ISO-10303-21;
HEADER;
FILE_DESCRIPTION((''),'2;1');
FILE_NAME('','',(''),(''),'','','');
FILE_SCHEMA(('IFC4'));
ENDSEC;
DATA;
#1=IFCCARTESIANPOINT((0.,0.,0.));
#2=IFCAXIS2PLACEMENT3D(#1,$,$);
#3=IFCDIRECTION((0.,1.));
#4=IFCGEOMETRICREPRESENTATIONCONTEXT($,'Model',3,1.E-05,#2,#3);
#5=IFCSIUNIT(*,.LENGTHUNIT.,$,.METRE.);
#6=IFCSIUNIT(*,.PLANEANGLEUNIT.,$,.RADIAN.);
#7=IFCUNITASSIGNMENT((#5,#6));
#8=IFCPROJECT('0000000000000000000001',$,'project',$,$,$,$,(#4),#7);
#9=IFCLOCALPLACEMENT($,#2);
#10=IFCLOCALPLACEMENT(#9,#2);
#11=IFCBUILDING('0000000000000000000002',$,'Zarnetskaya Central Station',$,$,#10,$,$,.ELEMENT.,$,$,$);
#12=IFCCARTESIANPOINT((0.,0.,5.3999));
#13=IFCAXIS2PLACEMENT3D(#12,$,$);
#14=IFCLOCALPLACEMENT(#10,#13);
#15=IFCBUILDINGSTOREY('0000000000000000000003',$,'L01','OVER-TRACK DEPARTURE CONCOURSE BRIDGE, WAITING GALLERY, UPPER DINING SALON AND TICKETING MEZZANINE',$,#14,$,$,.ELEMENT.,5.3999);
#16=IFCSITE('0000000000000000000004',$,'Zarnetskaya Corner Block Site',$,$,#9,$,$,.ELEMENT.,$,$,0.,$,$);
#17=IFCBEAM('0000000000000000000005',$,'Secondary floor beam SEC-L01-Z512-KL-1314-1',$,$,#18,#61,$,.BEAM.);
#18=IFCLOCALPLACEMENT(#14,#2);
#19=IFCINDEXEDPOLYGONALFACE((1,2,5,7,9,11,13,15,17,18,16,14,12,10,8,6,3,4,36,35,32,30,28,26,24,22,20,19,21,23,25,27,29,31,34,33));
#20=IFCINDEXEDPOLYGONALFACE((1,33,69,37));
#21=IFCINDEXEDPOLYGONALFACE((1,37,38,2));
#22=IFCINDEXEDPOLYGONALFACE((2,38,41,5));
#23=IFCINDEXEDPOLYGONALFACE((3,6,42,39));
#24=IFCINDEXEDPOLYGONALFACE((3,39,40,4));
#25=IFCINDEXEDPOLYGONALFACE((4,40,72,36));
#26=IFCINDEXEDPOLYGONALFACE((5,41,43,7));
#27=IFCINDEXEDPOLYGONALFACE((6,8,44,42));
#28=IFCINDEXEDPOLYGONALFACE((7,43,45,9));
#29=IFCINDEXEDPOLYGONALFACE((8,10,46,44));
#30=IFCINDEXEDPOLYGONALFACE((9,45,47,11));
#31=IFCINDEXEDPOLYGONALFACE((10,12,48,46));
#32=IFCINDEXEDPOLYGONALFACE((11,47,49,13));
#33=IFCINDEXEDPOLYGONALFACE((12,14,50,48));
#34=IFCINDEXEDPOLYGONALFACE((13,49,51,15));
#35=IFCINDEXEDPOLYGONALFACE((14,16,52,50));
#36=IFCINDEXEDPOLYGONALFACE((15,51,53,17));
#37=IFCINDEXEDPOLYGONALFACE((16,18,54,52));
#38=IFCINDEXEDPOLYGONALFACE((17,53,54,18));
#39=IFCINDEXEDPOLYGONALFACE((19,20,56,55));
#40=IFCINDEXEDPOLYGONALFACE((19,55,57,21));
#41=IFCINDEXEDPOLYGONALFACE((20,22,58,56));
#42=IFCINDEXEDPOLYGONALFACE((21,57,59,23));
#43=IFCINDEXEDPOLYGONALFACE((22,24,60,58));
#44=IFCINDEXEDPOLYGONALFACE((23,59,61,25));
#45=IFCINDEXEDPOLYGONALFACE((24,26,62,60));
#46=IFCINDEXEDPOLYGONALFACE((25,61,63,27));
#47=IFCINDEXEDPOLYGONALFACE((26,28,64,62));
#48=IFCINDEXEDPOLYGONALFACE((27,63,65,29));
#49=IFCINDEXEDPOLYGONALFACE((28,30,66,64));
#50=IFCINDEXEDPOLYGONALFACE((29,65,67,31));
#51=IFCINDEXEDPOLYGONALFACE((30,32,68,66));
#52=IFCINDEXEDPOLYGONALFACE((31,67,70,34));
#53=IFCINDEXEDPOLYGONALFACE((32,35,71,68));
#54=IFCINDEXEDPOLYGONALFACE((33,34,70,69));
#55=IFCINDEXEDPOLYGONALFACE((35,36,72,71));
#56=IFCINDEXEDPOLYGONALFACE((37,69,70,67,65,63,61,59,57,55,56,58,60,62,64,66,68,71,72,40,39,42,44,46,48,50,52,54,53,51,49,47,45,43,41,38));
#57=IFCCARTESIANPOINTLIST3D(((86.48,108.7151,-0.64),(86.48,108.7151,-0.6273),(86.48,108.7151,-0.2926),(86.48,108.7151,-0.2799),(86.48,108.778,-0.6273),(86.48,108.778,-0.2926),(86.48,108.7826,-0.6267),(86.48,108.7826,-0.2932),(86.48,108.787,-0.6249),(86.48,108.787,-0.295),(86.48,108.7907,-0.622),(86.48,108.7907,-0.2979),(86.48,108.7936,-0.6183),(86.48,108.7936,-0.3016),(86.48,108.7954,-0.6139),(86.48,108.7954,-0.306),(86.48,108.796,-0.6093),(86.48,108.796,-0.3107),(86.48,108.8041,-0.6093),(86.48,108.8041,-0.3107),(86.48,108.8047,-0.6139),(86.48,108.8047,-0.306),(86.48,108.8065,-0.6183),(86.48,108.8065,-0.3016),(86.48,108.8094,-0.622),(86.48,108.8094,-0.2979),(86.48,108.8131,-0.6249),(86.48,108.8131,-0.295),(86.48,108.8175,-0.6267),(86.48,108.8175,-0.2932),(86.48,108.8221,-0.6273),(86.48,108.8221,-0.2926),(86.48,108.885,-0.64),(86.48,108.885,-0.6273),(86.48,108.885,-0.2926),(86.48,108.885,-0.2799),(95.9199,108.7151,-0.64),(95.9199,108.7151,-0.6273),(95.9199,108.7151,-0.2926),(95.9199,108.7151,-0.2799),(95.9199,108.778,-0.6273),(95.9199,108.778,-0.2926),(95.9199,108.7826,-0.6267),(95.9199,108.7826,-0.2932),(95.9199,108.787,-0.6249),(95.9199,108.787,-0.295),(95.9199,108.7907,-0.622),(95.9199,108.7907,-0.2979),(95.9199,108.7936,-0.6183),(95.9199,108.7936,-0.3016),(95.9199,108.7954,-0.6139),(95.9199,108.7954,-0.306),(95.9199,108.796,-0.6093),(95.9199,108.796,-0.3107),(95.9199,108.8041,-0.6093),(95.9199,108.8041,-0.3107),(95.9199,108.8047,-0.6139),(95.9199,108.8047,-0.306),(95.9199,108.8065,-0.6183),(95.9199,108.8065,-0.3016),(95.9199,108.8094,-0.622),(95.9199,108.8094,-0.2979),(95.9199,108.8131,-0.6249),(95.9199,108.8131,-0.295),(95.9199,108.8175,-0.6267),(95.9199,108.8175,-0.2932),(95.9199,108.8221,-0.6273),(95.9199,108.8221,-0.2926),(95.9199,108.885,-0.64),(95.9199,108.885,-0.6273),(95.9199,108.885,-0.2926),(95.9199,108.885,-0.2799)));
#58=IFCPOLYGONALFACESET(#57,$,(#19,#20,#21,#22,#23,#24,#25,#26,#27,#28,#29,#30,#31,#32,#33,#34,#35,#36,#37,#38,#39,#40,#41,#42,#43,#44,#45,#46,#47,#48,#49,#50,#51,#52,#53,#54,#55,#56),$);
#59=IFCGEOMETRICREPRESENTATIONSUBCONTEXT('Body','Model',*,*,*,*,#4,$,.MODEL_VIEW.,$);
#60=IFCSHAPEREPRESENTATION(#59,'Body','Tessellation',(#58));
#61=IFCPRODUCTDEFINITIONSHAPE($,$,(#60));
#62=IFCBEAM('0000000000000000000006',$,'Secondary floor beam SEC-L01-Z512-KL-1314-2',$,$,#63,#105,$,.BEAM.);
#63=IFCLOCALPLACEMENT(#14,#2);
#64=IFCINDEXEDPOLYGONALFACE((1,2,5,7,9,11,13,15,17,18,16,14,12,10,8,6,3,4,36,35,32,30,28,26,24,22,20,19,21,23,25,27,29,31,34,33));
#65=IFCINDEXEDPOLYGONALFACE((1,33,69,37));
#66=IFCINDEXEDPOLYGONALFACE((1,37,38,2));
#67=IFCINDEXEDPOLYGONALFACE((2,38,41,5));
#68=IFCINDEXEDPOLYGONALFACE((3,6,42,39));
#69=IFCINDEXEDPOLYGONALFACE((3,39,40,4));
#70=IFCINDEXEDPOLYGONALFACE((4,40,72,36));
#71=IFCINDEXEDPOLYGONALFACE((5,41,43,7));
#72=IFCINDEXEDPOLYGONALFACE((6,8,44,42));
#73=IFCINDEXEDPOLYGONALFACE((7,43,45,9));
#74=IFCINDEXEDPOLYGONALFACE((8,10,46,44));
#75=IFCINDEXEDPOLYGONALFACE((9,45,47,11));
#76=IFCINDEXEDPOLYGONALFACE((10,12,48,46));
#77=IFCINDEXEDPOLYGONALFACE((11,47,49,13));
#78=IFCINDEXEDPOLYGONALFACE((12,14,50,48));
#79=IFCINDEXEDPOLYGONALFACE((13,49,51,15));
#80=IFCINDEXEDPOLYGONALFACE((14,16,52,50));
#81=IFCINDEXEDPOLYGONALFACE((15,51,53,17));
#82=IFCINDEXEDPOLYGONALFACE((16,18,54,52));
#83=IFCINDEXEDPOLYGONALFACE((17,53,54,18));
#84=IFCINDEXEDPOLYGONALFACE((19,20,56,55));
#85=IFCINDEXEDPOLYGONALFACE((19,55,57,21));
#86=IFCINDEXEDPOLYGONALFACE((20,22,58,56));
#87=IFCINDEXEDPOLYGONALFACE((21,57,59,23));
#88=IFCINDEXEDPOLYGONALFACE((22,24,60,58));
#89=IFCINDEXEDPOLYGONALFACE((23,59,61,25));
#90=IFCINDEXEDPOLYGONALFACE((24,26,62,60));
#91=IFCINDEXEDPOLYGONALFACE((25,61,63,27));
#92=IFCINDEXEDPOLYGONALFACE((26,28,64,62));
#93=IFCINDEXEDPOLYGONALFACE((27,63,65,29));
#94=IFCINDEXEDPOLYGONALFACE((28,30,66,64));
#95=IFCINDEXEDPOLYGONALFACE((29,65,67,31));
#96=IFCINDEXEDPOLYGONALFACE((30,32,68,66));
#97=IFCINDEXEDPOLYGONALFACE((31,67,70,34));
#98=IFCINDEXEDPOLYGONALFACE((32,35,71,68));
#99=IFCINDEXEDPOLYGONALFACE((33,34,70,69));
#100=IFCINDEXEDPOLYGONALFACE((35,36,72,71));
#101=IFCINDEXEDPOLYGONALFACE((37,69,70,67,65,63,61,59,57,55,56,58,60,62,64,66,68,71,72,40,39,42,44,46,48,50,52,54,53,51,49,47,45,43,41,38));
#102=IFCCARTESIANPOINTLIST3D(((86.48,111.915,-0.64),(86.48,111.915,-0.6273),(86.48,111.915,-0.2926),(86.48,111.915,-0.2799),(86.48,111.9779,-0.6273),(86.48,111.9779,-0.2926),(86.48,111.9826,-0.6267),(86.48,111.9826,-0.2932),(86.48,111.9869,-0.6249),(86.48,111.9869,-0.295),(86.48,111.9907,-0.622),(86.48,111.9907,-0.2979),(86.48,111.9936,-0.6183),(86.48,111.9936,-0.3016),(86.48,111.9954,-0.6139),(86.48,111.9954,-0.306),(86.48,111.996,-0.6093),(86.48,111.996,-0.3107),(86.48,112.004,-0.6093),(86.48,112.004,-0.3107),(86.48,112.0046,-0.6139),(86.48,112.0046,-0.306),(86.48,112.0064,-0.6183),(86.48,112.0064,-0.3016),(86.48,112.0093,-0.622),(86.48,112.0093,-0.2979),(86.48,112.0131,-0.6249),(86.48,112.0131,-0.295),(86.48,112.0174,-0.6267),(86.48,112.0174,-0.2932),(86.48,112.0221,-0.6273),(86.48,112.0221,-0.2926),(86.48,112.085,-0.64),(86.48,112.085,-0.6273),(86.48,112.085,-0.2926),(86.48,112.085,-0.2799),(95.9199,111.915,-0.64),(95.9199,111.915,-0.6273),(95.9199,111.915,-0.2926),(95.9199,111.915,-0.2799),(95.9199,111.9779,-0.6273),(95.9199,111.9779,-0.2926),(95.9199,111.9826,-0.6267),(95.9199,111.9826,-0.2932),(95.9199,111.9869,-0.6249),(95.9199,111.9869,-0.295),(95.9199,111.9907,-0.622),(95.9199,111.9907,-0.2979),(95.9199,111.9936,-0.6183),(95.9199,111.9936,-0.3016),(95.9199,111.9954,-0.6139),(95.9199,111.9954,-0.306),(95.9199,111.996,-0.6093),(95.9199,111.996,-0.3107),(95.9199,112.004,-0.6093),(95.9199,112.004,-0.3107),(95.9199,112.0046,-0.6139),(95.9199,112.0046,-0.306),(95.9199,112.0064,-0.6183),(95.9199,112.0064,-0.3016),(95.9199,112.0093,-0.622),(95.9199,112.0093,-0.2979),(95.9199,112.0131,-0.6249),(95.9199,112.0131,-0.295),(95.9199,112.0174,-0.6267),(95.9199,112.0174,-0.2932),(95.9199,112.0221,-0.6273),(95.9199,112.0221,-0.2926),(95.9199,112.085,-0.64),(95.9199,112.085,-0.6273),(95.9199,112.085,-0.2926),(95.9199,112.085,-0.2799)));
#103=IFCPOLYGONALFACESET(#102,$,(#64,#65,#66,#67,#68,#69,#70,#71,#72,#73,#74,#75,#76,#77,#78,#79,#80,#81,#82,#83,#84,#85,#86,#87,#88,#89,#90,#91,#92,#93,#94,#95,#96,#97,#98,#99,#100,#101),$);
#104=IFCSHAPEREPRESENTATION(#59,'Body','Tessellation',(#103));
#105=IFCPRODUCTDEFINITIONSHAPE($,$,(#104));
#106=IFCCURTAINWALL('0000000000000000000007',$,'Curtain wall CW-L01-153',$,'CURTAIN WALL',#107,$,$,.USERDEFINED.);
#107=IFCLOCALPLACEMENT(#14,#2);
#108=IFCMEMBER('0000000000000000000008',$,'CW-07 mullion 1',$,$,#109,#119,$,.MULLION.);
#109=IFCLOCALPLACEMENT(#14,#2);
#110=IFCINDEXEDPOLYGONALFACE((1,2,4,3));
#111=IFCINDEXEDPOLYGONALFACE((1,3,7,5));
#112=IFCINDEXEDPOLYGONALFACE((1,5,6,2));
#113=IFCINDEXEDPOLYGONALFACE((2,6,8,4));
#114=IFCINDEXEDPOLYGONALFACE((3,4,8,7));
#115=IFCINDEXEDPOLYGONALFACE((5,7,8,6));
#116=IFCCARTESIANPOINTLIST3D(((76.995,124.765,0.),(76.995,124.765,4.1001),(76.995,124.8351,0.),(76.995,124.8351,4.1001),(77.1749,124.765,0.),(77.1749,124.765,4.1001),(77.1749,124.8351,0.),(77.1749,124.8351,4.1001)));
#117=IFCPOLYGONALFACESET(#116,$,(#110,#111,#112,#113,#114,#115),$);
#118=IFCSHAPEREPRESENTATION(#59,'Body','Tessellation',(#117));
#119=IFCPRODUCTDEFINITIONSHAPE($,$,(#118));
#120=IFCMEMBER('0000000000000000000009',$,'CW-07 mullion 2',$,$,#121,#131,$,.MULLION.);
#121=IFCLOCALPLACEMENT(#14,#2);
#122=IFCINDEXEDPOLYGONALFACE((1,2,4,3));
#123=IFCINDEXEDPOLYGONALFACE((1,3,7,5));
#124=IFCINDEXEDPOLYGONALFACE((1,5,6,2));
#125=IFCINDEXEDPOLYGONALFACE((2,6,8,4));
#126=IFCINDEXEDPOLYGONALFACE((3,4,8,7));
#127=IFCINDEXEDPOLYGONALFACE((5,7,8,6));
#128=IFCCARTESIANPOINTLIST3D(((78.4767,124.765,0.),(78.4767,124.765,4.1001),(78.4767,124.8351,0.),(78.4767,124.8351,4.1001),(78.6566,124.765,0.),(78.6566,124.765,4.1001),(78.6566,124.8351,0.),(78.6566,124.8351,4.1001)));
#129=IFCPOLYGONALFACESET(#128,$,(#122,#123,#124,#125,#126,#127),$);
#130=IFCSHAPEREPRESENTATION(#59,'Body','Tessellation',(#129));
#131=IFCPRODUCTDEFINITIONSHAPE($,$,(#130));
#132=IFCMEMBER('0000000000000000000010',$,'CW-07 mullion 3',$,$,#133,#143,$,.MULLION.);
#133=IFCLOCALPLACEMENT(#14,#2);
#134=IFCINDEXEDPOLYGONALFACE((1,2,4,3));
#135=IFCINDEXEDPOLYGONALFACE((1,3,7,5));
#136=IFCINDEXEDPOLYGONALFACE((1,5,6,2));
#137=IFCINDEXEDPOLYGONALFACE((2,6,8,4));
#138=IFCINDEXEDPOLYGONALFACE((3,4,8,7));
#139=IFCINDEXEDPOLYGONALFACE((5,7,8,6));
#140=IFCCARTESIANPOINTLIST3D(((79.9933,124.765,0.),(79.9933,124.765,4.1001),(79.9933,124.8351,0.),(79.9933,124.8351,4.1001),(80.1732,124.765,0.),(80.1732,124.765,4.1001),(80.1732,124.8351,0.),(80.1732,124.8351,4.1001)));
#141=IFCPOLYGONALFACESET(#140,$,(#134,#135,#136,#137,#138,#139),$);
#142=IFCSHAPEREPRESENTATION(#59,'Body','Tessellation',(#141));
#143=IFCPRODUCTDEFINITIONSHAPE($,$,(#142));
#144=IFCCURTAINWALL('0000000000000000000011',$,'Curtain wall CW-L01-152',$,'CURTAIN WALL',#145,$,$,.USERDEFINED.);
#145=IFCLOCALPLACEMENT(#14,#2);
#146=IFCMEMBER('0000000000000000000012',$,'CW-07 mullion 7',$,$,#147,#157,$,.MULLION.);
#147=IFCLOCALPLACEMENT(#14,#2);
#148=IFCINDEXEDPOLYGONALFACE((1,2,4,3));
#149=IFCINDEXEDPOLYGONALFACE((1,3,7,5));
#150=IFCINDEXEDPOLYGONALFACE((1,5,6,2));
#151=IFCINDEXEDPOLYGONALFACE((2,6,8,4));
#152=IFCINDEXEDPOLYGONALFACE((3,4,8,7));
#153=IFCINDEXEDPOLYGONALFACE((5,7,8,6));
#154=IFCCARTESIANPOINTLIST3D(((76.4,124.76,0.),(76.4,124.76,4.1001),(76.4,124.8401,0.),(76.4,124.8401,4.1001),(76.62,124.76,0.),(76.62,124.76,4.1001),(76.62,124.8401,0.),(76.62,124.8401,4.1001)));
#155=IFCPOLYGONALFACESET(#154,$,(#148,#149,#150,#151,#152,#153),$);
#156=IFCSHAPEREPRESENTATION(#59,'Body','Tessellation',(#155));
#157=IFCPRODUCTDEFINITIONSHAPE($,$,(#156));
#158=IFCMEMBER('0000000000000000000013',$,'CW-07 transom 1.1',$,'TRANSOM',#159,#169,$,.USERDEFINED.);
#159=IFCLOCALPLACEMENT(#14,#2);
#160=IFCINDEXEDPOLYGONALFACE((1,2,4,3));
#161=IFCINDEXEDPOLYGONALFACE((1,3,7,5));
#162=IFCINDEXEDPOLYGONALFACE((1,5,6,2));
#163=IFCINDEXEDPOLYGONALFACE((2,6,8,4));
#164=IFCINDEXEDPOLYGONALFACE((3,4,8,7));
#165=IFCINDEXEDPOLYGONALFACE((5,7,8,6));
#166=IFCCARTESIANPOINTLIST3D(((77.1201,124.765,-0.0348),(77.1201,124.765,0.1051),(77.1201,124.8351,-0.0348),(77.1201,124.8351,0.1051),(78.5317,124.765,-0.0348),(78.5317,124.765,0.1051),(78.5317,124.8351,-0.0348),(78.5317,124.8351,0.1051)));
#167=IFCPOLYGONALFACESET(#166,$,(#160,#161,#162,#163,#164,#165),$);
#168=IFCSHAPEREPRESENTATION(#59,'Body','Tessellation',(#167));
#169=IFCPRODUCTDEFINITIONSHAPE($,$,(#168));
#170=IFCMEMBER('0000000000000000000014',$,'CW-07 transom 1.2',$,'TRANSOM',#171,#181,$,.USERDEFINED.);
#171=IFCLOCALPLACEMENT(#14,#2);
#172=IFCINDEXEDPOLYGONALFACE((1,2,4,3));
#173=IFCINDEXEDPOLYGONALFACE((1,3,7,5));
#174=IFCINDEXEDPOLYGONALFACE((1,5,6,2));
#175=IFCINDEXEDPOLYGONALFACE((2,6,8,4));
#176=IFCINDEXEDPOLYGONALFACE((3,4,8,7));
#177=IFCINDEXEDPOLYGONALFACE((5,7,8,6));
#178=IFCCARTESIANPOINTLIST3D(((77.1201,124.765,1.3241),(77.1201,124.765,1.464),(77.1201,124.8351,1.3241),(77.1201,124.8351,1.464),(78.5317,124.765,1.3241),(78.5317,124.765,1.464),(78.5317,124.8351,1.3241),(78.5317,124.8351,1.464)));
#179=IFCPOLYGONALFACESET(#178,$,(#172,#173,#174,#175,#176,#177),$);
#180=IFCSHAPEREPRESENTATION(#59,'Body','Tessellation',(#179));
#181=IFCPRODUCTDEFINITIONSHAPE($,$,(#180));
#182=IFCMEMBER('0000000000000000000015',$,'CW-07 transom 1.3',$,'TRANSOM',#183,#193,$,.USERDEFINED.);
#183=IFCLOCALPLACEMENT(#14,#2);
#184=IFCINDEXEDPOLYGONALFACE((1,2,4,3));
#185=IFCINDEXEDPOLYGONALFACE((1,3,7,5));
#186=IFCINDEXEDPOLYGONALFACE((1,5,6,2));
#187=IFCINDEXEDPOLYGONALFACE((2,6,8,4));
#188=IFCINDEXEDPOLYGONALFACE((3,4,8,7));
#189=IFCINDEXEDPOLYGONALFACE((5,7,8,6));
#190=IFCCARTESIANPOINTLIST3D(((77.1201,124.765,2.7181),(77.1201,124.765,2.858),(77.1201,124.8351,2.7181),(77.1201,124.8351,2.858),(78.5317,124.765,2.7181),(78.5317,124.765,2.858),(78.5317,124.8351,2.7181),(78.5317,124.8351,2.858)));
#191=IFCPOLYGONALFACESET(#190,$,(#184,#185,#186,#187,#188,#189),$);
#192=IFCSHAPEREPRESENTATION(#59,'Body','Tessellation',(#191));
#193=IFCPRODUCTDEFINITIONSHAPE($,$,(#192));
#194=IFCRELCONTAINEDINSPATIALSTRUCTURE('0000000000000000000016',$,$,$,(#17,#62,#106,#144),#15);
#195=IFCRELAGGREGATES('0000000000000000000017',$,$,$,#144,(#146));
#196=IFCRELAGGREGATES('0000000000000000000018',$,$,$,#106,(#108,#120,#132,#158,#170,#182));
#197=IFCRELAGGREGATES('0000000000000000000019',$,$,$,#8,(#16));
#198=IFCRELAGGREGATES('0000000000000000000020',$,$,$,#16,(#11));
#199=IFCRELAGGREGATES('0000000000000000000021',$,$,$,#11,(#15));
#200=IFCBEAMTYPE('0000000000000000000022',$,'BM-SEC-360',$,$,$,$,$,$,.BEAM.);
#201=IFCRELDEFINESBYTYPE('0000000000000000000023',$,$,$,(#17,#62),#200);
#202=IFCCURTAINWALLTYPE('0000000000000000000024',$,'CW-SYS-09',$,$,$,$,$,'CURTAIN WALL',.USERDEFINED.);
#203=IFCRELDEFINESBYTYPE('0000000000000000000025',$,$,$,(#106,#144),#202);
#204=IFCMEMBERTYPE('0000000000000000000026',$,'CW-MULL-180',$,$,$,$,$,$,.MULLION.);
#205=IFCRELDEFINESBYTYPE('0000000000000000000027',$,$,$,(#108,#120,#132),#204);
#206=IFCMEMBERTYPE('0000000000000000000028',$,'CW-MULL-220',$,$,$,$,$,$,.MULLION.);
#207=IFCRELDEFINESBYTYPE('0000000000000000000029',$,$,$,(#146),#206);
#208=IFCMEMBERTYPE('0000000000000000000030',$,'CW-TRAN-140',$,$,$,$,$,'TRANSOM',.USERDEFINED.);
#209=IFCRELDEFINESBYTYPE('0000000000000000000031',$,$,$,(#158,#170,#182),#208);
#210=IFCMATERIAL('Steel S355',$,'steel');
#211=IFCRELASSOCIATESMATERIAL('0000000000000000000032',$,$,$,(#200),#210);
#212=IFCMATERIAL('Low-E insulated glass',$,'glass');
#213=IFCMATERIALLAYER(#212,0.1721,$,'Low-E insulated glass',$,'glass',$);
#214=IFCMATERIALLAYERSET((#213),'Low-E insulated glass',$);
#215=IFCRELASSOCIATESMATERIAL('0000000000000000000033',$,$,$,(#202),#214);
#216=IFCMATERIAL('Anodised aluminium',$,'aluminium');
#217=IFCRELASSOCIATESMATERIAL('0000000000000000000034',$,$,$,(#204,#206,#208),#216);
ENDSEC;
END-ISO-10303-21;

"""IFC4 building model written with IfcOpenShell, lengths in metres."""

from ifc_helpers import new_model, si_unit, direction, frame, origin, origin_2d, place, context, subcontext, project, spatial, rectangle, i_section, extrude, material, layer, layer_set, material_profile, profile_set, type_object, element, aggregate, save


model = new_model("IFC4")

# Units and contexts
model_context = context("Model", 3, precision=1e-05, world=origin(), true_north=direction((0.0, 1.0)))
body_context = subcontext(model_context, "Body", "Model", "MODEL_VIEW")
ifc_project = project(units=[si_unit("LENGTHUNIT", "METRE"), si_unit("PLANEANGLEUNIT", "RADIAN")], contexts=[model_context])

# Site, building, storey
site_placement = place(None, origin())
site = spatial("IfcSite", under=ifc_project, at=site_placement, Name="Zarnetskaya Corner Block Site", CompositionType="ELEMENT", RefElevation=0.0)
building_placement = place(site_placement, origin())
building = spatial("IfcBuilding", under=site, at=building_placement, Name="Zarnetskaya Central Station", CompositionType="ELEMENT")
storey_placement = place(building_placement, frame((0.0, 0.0, 5.3999)))
storey = spatial("IfcBuildingStorey", under=building, at=storey_placement, Name="L01", Description="OVER-TRACK DEPARTURE CONCOURSE BRIDGE, WAITING GALLERY, UPPER DINING SALON AND TICKETING MEZZANINE", CompositionType="ELEMENT", Elevation=5.3999)

# Shared definitions
ifc_material_1 = material(Name="Steel S355", Category="steel")

# Beams
ifc_material_profile_1 = material_profile(ifc_material_1, i_section(OverallWidth=0.1699, OverallDepth=0.3601, WebThickness=0.0081, FlangeThickness=0.0127, FilletRadius=0.0181, at=origin_2d()), Name="IPE 360")
ifc_profile_set_1 = profile_set([ifc_material_profile_1], Name="Steel S355")
beam_type_1 = type_object("IfcBeamType", Name="BM-SEC-360", PredefinedType="BEAM", material=ifc_profile_set_1)
for number, where, z_axis, x_axis, name in (
    (1, (86.48, 108.8, -0.46), (1.0, 0.0, 0.0), (0.0, 1.0, 0.0), "Secondary floor beam SEC-L01-Z512-KL-1314-1"),
    (2, (86.48, 112.0, -0.46), (1.0, 0.0, 0.0), (0.0, 1.0, 0.0), "Secondary floor beam SEC-L01-Z512-KL-1314-2"),
):
    element("IfcBeam", number, at=place(storey_placement, frame(where, z_axis=z_axis, x_axis=x_axis)), inside=storey, type_object=beam_type_1, Name=name, PredefinedType="BEAM", context=body_context, shape_type="SweptSolid", body=[
        extrude(i_section(OverallWidth=0.1699, OverallDepth=0.3601, WebThickness=0.0081, FlangeThickness=0.0127, FilletRadius=0.0181, at=origin_2d()), origin(), (0.0, 0.0, 1.0), 9.4399),
    ])

# Curtain wall, members
ifc_material_2 = material(Name="Low-E insulated glass", Category="glass")
ifc_layer_1 = layer(ifc_material_2, 0.1721, Name="Low-E insulated glass", Category="glass")
ifc_layer_set_1 = layer_set([ifc_layer_1], Name="Low-E insulated glass")
curtain_wall_type = type_object("IfcCurtainWallType", Name="CW-SYS-09", ElementType="CURTAIN WALL", PredefinedType="USERDEFINED", material=ifc_layer_set_1)
curtain_wall_1_placement = place(storey_placement, origin())
curtain_wall_1 = element("IfcCurtainWall", 3, at=curtain_wall_1_placement, inside=storey, type_object=curtain_wall_type, Name="Curtain wall CW-L01-153", ObjectType="CURTAIN WALL", PredefinedType="USERDEFINED")
ifc_material_3 = material(Name="Anodised aluminium", Category="aluminium")
ifc_material_profile_2 = material_profile(ifc_material_3, rectangle(XDim=0.0701, YDim=0.1799, at=origin_2d()), Name="ALU MULL 70x180")
ifc_profile_set_2 = profile_set([ifc_material_profile_2], Name="Anodised aluminium")
member_type_1 = type_object("IfcMemberType", Name="CW-MULL-180", PredefinedType="MULLION", material=ifc_profile_set_2)
member_1_placement = place(storey_placement, frame((77.085, 124.8, 0.0), z_axis=(0.0, 0.0, 1.0), x_axis=(0.0, 1.0, 0.0)))
member_1 = element("IfcMember", 4, at=member_1_placement, type_object=member_type_1, Name="CW-07 mullion 1", PredefinedType="MULLION", context=body_context, shape_type="SweptSolid", body=[
    extrude(rectangle(XDim=0.0701, YDim=0.1799, at=origin_2d()), origin(), (0.0, 0.0, 1.0), 4.1001),
])
member_2_placement = place(storey_placement, frame((78.5667, 124.8, 0.0), z_axis=(0.0, 0.0, 1.0), x_axis=(0.0, 1.0, 0.0)))
member_2 = element("IfcMember", 5, at=member_2_placement, type_object=member_type_1, Name="CW-07 mullion 2", PredefinedType="MULLION", context=body_context, shape_type="SweptSolid", body=[
    extrude(rectangle(XDim=0.0701, YDim=0.1799, at=origin_2d()), origin(), (0.0, 0.0, 1.0), 4.1001),
])
member_3_placement = place(storey_placement, frame((80.0833, 124.8, 0.0), z_axis=(0.0, 0.0, 1.0), x_axis=(0.0, 1.0, 0.0)))
member_3 = element("IfcMember", 6, at=member_3_placement, type_object=member_type_1, Name="CW-07 mullion 3", PredefinedType="MULLION", context=body_context, shape_type="SweptSolid", body=[
    extrude(rectangle(XDim=0.0701, YDim=0.1799, at=origin_2d()), origin(), (0.0, 0.0, 1.0), 4.1001),
])

# Curtain wall, member
curtain_wall_2_placement = place(storey_placement, origin())
curtain_wall_2 = element("IfcCurtainWall", 7, at=curtain_wall_2_placement, inside=storey, type_object=curtain_wall_type, Name="Curtain wall CW-L01-152", ObjectType="CURTAIN WALL", PredefinedType="USERDEFINED")
ifc_material_profile_3 = material_profile(ifc_material_3, rectangle(XDim=0.0801, YDim=0.22, at=origin_2d()), Name="ALU MULL 80x220")
ifc_profile_set_3 = profile_set([ifc_material_profile_3], Name="Anodised aluminium")
member_type_2 = type_object("IfcMemberType", Name="CW-MULL-220", PredefinedType="MULLION", material=ifc_profile_set_3)
member_4_placement = place(storey_placement, frame((76.51, 124.8, 0.0), z_axis=(0.0, 0.0, 1.0), x_axis=(0.0, 1.0, 0.0)))
member_4 = element("IfcMember", 8, at=member_4_placement, type_object=member_type_2, Name="CW-07 mullion 7", PredefinedType="MULLION", context=body_context, shape_type="SweptSolid", body=[
    extrude(rectangle(XDim=0.0801, YDim=0.22, at=origin_2d()), origin(), (0.0, 0.0, 1.0), 4.1001),
])

# Members
ifc_material_profile_4 = material_profile(ifc_material_3, rectangle(XDim=0.0701, YDim=0.1399, at=origin_2d()), Name="ALU TRAN 70x140")
ifc_profile_set_4 = profile_set([ifc_material_profile_4], Name="Anodised aluminium")
member_type_3 = type_object("IfcMemberType", Name="CW-TRAN-140", ElementType="TRANSOM", PredefinedType="USERDEFINED", material=ifc_profile_set_4)
member_5_placement = place(storey_placement, frame((77.1201, 124.8, 0.0352), z_axis=(1.0, 0.0, 0.0), x_axis=(0.0, 1.0, 0.0)))
member_5 = element("IfcMember", 9, at=member_5_placement, type_object=member_type_3, Name="CW-07 transom 1.1", ObjectType="TRANSOM", PredefinedType="USERDEFINED", context=body_context, shape_type="SweptSolid", body=[
    extrude(rectangle(XDim=0.0701, YDim=0.1399, at=origin_2d()), origin(), (0.0, 0.0, 1.0), 1.4116),
])
member_6_placement = place(storey_placement, frame((77.1201, 124.8, 1.394), z_axis=(1.0, 0.0, 0.0), x_axis=(0.0, 1.0, 0.0)))
member_6 = element("IfcMember", 10, at=member_6_placement, type_object=member_type_3, Name="CW-07 transom 1.2", ObjectType="TRANSOM", PredefinedType="USERDEFINED", context=body_context, shape_type="SweptSolid", body=[
    extrude(rectangle(XDim=0.0701, YDim=0.1399, at=origin_2d()), origin(), (0.0, 0.0, 1.0), 1.4116),
])
member_7_placement = place(storey_placement, frame((77.1201, 124.8, 2.7881), z_axis=(1.0, 0.0, 0.0), x_axis=(0.0, 1.0, 0.0)))
member_7 = element("IfcMember", 11, at=member_7_placement, type_object=member_type_3, Name="CW-07 transom 1.3", ObjectType="TRANSOM", PredefinedType="USERDEFINED", context=body_context, shape_type="SweptSolid", body=[
    extrude(rectangle(XDim=0.0701, YDim=0.1399, at=origin_2d()), origin(), (0.0, 0.0, 1.0), 1.4116),
])

aggregate(curtain_wall_2, [member_4])
aggregate(curtain_wall_1, [member_1, member_2, member_3, member_5, member_6, member_7])

save(model, "model.ifc")
